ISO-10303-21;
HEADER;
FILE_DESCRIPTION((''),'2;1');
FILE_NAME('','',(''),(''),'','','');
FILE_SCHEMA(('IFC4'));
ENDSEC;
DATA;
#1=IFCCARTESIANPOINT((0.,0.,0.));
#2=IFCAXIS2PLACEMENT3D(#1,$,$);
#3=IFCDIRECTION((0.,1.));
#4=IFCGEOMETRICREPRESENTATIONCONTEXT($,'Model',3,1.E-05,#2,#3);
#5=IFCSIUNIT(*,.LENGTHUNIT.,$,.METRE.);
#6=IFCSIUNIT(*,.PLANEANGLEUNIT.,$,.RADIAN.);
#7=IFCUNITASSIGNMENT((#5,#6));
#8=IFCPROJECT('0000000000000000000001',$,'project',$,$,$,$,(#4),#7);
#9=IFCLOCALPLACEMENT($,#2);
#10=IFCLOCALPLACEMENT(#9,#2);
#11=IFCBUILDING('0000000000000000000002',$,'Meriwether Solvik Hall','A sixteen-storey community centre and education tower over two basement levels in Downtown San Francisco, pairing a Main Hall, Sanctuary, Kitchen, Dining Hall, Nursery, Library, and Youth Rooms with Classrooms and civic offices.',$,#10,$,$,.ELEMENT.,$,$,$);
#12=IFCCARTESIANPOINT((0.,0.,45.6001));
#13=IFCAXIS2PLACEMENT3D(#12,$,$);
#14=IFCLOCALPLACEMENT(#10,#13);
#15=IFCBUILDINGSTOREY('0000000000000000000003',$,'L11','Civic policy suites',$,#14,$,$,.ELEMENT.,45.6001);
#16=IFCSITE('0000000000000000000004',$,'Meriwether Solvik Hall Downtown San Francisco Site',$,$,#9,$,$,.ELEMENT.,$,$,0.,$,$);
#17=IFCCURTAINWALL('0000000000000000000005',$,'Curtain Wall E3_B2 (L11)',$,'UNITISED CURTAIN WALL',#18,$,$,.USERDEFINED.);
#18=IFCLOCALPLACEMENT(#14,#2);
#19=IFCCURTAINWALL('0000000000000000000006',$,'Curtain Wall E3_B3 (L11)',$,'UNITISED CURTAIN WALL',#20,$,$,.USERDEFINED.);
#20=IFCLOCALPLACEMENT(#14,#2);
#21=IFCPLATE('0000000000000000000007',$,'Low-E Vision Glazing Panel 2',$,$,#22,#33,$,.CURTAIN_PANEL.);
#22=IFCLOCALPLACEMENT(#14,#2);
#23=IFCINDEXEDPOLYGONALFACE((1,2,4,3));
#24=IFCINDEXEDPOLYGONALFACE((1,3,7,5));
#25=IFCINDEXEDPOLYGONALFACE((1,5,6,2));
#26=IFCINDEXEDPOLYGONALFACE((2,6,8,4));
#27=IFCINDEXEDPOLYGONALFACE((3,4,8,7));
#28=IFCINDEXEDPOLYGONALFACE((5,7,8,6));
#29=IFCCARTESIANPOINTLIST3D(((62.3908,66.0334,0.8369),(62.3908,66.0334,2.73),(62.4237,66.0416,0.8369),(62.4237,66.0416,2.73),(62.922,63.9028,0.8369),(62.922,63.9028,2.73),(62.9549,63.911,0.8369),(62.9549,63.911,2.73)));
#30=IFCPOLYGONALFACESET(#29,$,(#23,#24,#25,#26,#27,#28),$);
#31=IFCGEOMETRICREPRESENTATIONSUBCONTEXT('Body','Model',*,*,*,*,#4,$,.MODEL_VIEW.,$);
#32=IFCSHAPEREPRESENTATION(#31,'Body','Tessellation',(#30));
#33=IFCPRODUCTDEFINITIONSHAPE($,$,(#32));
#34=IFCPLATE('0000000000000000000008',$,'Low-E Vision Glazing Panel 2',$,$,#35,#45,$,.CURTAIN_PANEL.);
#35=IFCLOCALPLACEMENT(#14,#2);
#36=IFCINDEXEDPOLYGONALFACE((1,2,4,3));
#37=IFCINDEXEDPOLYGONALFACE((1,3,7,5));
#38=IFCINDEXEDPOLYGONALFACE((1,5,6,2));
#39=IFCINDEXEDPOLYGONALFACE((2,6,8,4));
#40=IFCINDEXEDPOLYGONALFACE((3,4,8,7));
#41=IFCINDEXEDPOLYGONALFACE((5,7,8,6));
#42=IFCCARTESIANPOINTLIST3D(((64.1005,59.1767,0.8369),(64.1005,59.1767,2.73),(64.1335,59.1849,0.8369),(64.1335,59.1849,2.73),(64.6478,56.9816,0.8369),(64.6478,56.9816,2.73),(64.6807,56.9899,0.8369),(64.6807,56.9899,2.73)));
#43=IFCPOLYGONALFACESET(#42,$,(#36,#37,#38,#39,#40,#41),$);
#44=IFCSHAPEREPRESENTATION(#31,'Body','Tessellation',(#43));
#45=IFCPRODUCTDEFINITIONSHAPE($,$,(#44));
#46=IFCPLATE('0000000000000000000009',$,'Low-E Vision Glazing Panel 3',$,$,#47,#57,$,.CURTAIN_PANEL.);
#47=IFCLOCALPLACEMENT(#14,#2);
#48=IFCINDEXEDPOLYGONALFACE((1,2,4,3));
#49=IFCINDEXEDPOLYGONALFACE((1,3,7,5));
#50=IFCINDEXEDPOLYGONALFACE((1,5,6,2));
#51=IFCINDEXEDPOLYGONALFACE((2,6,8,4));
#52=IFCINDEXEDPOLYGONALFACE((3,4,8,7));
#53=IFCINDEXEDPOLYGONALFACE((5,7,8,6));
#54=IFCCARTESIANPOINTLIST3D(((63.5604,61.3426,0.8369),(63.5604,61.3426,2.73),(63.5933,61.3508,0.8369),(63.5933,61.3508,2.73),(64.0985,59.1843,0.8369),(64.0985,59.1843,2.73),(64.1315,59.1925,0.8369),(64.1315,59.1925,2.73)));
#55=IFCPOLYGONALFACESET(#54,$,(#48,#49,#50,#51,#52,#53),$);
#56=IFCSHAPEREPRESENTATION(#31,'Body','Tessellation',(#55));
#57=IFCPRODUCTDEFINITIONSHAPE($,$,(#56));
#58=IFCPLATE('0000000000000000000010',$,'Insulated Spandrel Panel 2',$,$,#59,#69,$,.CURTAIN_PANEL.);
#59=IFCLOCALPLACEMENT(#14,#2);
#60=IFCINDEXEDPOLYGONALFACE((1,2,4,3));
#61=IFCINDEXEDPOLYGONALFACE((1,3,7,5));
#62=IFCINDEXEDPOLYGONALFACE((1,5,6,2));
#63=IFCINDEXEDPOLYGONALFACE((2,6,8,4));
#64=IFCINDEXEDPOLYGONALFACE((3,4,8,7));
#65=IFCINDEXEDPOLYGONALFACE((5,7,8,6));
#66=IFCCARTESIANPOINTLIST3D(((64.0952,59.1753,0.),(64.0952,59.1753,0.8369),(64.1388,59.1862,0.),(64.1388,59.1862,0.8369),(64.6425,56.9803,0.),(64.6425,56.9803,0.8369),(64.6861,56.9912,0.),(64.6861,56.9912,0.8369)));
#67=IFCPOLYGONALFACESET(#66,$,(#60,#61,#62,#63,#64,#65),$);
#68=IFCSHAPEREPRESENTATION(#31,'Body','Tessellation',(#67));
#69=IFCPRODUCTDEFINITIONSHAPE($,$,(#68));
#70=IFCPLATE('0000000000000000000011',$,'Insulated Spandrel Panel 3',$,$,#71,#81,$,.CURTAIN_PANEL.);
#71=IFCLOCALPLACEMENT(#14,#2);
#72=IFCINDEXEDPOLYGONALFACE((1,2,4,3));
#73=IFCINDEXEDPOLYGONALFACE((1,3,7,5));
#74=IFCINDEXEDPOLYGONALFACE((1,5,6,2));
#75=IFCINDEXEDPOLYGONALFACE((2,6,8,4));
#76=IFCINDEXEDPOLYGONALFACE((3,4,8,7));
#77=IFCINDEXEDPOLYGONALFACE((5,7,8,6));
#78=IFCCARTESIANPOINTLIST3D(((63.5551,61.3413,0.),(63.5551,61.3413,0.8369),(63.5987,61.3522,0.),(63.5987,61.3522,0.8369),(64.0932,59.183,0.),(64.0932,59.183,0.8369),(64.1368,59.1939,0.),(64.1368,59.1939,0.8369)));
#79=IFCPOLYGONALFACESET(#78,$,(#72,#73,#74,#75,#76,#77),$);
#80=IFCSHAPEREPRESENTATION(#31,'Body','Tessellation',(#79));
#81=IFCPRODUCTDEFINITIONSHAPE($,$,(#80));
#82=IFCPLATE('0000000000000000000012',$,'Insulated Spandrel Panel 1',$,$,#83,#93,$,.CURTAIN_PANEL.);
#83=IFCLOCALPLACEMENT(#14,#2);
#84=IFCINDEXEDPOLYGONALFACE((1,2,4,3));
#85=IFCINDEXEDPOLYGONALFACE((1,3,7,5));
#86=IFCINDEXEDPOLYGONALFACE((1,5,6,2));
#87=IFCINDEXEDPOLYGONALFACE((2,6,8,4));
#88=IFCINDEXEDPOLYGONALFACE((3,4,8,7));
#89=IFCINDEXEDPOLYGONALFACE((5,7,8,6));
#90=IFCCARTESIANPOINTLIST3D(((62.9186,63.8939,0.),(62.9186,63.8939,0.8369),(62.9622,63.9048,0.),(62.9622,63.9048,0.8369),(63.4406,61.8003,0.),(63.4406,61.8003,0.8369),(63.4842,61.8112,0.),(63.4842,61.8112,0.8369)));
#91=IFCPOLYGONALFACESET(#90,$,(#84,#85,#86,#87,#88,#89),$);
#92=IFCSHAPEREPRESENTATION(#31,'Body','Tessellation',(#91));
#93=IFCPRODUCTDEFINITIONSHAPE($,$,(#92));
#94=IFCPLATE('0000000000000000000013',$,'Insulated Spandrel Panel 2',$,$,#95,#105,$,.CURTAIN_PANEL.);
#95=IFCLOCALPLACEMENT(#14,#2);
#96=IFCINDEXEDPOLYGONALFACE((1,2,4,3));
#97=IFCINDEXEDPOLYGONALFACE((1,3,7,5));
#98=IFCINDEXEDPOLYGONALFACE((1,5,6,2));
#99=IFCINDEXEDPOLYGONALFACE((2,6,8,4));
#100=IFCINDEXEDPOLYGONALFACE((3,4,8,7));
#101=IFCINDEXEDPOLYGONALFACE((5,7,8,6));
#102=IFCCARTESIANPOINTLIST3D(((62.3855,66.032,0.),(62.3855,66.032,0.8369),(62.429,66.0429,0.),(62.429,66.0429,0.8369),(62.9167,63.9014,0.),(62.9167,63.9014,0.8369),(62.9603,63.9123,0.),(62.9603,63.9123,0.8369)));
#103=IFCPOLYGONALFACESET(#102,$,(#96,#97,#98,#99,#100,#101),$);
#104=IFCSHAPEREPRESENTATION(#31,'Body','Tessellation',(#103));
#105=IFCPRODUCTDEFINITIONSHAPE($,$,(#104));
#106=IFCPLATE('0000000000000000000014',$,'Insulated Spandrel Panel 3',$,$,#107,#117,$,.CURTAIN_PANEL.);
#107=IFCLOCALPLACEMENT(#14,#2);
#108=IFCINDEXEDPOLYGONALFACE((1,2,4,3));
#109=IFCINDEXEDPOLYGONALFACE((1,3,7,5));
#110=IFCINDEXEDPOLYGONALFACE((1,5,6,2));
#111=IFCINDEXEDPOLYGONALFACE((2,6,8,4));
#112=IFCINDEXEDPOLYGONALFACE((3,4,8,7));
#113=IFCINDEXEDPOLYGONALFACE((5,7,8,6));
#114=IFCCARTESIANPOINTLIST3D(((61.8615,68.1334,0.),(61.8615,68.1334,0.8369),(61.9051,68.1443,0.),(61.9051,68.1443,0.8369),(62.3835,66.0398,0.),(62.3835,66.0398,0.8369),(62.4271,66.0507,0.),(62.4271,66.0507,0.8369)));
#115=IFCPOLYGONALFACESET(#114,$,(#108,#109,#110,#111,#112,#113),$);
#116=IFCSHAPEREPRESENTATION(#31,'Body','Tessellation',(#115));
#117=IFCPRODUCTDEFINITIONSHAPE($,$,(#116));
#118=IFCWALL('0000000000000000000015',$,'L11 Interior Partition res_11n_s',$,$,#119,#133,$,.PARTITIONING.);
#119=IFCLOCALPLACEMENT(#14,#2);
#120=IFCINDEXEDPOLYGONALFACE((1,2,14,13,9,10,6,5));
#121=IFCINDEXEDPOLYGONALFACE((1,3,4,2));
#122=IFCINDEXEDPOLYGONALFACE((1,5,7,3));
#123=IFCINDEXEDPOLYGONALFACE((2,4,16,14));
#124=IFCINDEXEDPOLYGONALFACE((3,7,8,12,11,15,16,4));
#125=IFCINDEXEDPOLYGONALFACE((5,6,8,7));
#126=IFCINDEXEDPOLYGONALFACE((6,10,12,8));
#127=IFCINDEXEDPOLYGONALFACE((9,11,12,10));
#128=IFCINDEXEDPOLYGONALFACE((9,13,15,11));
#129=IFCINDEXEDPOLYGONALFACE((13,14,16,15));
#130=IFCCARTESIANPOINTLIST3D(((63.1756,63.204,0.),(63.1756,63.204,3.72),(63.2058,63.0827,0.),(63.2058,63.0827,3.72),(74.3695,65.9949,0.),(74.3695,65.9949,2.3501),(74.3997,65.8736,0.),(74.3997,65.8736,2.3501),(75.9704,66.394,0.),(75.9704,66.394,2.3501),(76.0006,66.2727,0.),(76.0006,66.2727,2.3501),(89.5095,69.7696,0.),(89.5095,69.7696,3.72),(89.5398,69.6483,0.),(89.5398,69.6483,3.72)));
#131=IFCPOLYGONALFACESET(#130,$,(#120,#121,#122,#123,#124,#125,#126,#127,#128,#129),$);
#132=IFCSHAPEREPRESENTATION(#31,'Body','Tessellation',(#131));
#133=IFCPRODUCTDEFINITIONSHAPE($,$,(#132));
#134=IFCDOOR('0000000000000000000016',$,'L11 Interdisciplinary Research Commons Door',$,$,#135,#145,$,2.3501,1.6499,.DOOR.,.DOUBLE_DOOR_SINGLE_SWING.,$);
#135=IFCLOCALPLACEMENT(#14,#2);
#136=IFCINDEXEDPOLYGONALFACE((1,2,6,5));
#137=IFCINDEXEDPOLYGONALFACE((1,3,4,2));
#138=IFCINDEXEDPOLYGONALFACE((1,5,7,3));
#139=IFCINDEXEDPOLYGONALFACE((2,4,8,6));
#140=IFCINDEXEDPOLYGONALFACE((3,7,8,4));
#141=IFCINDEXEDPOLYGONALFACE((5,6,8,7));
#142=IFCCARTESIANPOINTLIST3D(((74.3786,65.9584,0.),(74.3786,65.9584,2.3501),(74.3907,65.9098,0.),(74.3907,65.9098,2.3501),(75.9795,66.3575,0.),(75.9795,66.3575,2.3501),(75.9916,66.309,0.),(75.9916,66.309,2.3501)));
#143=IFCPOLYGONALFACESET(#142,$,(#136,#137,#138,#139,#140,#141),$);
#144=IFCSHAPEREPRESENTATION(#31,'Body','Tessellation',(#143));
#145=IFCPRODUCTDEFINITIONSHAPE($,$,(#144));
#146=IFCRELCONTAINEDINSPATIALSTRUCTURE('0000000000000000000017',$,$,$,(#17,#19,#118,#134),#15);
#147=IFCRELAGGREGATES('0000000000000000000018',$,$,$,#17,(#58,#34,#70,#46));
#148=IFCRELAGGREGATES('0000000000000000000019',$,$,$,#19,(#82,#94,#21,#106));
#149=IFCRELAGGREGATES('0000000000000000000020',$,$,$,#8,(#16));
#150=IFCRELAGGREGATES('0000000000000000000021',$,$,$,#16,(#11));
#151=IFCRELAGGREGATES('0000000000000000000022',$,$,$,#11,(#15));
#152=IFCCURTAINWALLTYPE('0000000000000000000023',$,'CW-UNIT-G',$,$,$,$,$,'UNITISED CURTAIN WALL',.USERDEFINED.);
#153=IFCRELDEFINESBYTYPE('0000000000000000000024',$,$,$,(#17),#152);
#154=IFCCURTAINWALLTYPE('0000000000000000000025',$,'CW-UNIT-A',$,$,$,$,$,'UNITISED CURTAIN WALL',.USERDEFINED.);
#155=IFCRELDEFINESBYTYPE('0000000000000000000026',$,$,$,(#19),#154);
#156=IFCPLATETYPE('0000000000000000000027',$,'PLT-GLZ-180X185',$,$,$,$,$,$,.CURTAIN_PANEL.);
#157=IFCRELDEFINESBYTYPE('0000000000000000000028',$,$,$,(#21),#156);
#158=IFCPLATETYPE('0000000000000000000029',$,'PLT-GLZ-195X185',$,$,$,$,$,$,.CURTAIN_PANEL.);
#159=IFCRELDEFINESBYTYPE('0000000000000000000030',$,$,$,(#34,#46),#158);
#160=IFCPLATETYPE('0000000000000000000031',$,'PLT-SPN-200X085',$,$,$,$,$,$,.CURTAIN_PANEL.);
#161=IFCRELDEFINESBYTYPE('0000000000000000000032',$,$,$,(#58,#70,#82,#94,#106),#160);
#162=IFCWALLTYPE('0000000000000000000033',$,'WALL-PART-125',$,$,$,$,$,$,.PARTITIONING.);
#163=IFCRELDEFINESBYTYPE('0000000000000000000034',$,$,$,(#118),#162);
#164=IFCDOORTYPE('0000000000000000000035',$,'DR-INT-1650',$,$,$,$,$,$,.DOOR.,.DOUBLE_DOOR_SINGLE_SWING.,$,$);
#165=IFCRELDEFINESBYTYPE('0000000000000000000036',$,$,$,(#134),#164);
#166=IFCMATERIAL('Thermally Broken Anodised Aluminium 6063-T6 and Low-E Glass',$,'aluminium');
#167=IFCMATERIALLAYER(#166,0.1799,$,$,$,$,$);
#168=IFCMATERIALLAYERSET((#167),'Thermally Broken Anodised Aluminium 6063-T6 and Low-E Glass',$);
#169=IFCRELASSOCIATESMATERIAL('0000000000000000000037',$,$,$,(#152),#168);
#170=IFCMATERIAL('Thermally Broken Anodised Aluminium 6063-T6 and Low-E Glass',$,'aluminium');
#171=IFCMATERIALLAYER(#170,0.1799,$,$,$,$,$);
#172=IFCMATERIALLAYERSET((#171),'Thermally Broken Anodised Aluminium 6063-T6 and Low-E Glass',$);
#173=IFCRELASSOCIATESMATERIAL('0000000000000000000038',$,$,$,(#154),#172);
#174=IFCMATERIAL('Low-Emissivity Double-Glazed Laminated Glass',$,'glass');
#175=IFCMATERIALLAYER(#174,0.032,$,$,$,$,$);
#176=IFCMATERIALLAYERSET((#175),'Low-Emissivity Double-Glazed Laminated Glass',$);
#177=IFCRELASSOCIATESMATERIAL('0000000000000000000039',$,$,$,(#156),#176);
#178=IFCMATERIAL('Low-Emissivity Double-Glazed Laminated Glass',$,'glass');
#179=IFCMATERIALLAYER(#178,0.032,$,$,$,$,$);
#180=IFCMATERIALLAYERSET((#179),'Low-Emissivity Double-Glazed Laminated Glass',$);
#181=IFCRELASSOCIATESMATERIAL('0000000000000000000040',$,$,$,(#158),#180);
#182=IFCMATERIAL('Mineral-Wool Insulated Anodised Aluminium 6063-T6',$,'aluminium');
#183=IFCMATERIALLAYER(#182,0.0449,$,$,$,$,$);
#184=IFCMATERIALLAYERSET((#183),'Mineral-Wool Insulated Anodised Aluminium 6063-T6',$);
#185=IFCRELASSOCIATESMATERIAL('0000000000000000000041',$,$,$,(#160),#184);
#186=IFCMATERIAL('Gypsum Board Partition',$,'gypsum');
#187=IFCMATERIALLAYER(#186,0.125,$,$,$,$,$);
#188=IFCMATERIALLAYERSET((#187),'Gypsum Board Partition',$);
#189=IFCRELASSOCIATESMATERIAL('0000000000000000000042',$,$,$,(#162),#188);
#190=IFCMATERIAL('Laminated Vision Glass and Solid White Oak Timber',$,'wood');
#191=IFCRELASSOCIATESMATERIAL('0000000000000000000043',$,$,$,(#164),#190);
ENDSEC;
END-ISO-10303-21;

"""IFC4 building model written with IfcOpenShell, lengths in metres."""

from ifc_helpers import new_model, si_unit, direction, frame, frame_2d, origin, origin_2d, place, context, subcontext, project, spatial, rectangle, extrude, material, layer, layer_set, type_object, element, fill, aggregate, save


model = new_model("IFC4")

# Units and contexts
model_context = context("Model", 3, precision=1e-05, world=origin(), true_north=direction((0.0, 1.0)))
body_context = subcontext(model_context, "Body", "Model", "MODEL_VIEW")
ifc_project = project(units=[si_unit("LENGTHUNIT", "METRE"), si_unit("PLANEANGLEUNIT", "RADIAN")], contexts=[model_context])

# Site, building, storey
site_placement = place(None, origin())
site = spatial("IfcSite", under=ifc_project, at=site_placement, Name="Meriwether Solvik Hall Downtown San Francisco Site", CompositionType="ELEMENT", RefElevation=0.0)
building_placement = place(site_placement, origin())
building = spatial("IfcBuilding", under=site, at=building_placement, Name="Meriwether Solvik Hall", Description="A sixteen-storey community centre and education tower over two basement levels in Downtown San Francisco, pairing a Main Hall, Sanctuary, Kitchen, Dining Hall, Nursery, Library, and Youth Rooms with Classrooms and civic offices.", CompositionType="ELEMENT")
storey_placement = place(building_placement, frame((0.0, 0.0, 45.6001)))
storey = spatial("IfcBuildingStorey", under=building, at=storey_placement, Name="L11", Description="Civic policy suites", CompositionType="ELEMENT", Elevation=45.6001)

# Curtain walls
ifc_material_1 = material(Name="Thermally Broken Anodised Aluminium 6063-T6 and Low-E Glass", Category="aluminium")
ifc_layer_1 = layer(ifc_material_1, 0.1799)
ifc_layer_set_1 = layer_set([ifc_layer_1], Name="Thermally Broken Anodised Aluminium 6063-T6 and Low-E Glass")
curtain_wall_type_1 = type_object("IfcCurtainWallType", Name="CW-UNIT-G", ElementType="UNITISED CURTAIN WALL", PredefinedType="USERDEFINED", material=ifc_layer_set_1)
curtain_wall_1_placement = place(storey_placement, origin())
curtain_wall_1 = element("IfcCurtainWall", 1, at=curtain_wall_1_placement, inside=storey, type_object=curtain_wall_type_1, Name="Curtain Wall E3_B2 (L11)", ObjectType="UNITISED CURTAIN WALL", PredefinedType="USERDEFINED")
ifc_material_2 = material(Name="Thermally Broken Anodised Aluminium 6063-T6 and Low-E Glass", Category="aluminium")
ifc_layer_2 = layer(ifc_material_2, 0.1799)
ifc_layer_set_2 = layer_set([ifc_layer_2], Name="Thermally Broken Anodised Aluminium 6063-T6 and Low-E Glass")
curtain_wall_type_2 = type_object("IfcCurtainWallType", Name="CW-UNIT-A", ElementType="UNITISED CURTAIN WALL", PredefinedType="USERDEFINED", material=ifc_layer_set_2)
curtain_wall_2_placement = place(storey_placement, origin())
curtain_wall_2 = element("IfcCurtainWall", 2, at=curtain_wall_2_placement, inside=storey, type_object=curtain_wall_type_2, Name="Curtain Wall E3_B3 (L11)", ObjectType="UNITISED CURTAIN WALL", PredefinedType="USERDEFINED")

# Plates
ifc_material_3 = material(Name="Low-Emissivity Double-Glazed Laminated Glass", Category="glass")
ifc_layer_3 = layer(ifc_material_3, 0.032)
ifc_layer_set_3 = layer_set([ifc_layer_3], Name="Low-Emissivity Double-Glazed Laminated Glass")
plate_type_1 = type_object("IfcPlateType", Name="PLT-GLZ-180X185", PredefinedType="CURTAIN_PANEL", material=ifc_layer_set_3)
plate_1_placement = place(storey_placement, frame((62.6729, 64.9722, 0.8369), z_axis=(0.0, 0.0, 1.0), x_axis=(-0.241922, 0.970296, 0.0)))
plate_1 = element("IfcPlate", 3, at=plate_1_placement, type_object=plate_type_1, Name="Low-E Vision Glazing Panel 2", PredefinedType="CURTAIN_PANEL", context=body_context, shape_type="SweptSolid", body=[
    extrude(rectangle(XDim=2.1958, YDim=0.0339, at=origin_2d()), origin(), (0.0, 0.0, 1.0), 1.8931),
])
ifc_material_4 = material(Name="Low-Emissivity Double-Glazed Laminated Glass", Category="glass")
ifc_layer_4 = layer(ifc_material_4, 0.032)
ifc_layer_set_4 = layer_set([ifc_layer_4], Name="Low-Emissivity Double-Glazed Laminated Glass")
plate_type_2 = type_object("IfcPlateType", Name="PLT-GLZ-195X185", PredefinedType="CURTAIN_PANEL", material=ifc_layer_set_4)
plate_2_placement = place(storey_placement, frame((64.3906, 58.0833, 0.8369), z_axis=(0.0, 0.0, 1.0), x_axis=(-0.241922, 0.970296, 0.0)))
plate_2 = element("IfcPlate", 4, at=plate_2_placement, type_object=plate_type_2, Name="Low-E Vision Glazing Panel 2", PredefinedType="CURTAIN_PANEL", context=body_context, shape_type="SweptSolid", body=[
    extrude(rectangle(XDim=2.2622, YDim=0.0339, at=origin_2d()), origin(), (0.0, 0.0, 1.0), 1.8931),
])
plate_3_placement = place(storey_placement, frame((63.8459, 60.2676, 0.8369), z_axis=(0.0, 0.0, 1.0), x_axis=(-0.241922, 0.970296, 0.0)))
plate_3 = element("IfcPlate", 5, at=plate_3_placement, type_object=plate_type_2, Name="Low-E Vision Glazing Panel 3", PredefinedType="CURTAIN_PANEL", context=body_context, shape_type="SweptSolid", body=[
    extrude(rectangle(XDim=2.2244, YDim=0.0339, at=origin_2d()), origin(), (0.0, 0.0, 1.0), 1.8931),
])
ifc_material_5 = material(Name="Mineral-Wool Insulated Anodised Aluminium 6063-T6", Category="aluminium")
ifc_layer_5 = layer(ifc_material_5, 0.0449)
ifc_layer_set_5 = layer_set([ifc_layer_5], Name="Mineral-Wool Insulated Anodised Aluminium 6063-T6")
plate_type_3 = type_object("IfcPlateType", Name="PLT-SPN-200X085", PredefinedType="CURTAIN_PANEL", material=ifc_layer_set_5)
plate_4_placement = place(storey_placement, frame((64.3906, 58.0833, 0.0), z_axis=(0.0, 0.0, 1.0), x_axis=(-0.241922, 0.970296, 0.0)))
plate_4 = element("IfcPlate", 6, at=plate_4_placement, type_object=plate_type_3, Name="Insulated Spandrel Panel 2", PredefinedType="CURTAIN_PANEL", context=body_context, shape_type="SweptSolid", body=[
    extrude(rectangle(XDim=2.2622, YDim=0.0449, at=origin_2d()), origin(), (0.0, 0.0, 1.0), 0.8369),
])
plate_5_placement = place(storey_placement, frame((63.8459, 60.2676, 0.0), z_axis=(0.0, 0.0, 1.0), x_axis=(-0.241922, 0.970296, 0.0)))
plate_5 = element("IfcPlate", 7, at=plate_5_placement, type_object=plate_type_3, Name="Insulated Spandrel Panel 3", PredefinedType="CURTAIN_PANEL", context=body_context, shape_type="SweptSolid", body=[
    extrude(rectangle(XDim=2.2244, YDim=0.0449, at=origin_2d()), origin(), (0.0, 0.0, 1.0), 0.8369),
])
aggregate(curtain_wall_1, [plate_4, plate_2, plate_5, plate_3])
plate_6_placement = place(storey_placement, frame((63.2014, 62.8525, 0.0), z_axis=(0.0, 0.0, 1.0), x_axis=(-0.241922, 0.970296, 0.0)))
plate_6 = element("IfcPlate", 8, at=plate_6_placement, type_object=plate_type_3, Name="Insulated Spandrel Panel 1", PredefinedType="CURTAIN_PANEL", context=body_context, shape_type="SweptSolid", body=[
    extrude(rectangle(XDim=2.1577, YDim=0.0449, at=origin_2d()), origin(), (0.0, 0.0, 1.0), 0.8369),
])
plate_7_placement = place(storey_placement, frame((62.6729, 64.9722, 0.0), z_axis=(0.0, 0.0, 1.0), x_axis=(-0.241922, 0.970296, 0.0)))
plate_7 = element("IfcPlate", 9, at=plate_7_placement, type_object=plate_type_3, Name="Insulated Spandrel Panel 2", PredefinedType="CURTAIN_PANEL", context=body_context, shape_type="SweptSolid", body=[
    extrude(rectangle(XDim=2.1958, YDim=0.0449, at=origin_2d()), origin(), (0.0, 0.0, 1.0), 0.8369),
])
plate_8_placement = place(storey_placement, frame((62.1443, 67.092, 0.0), z_axis=(0.0, 0.0, 1.0), x_axis=(-0.241922, 0.970296, 0.0)))
plate_8 = element("IfcPlate", 10, at=plate_8_placement, type_object=plate_type_3, Name="Insulated Spandrel Panel 3", PredefinedType="CURTAIN_PANEL", context=body_context, shape_type="SweptSolid", body=[
    extrude(rectangle(XDim=2.1577, YDim=0.0449, at=origin_2d()), origin(), (0.0, 0.0, 1.0), 0.8369),
])
aggregate(curtain_wall_2, [plate_6, plate_7, plate_1, plate_8])

# Wall, opening, door
ifc_material_6 = material(Name="Gypsum Board Partition", Category="gypsum")
ifc_layer_6 = layer(ifc_material_6, 0.125)
ifc_layer_set_6 = layer_set([ifc_layer_6], Name="Gypsum Board Partition")
wall_type = type_object("IfcWallType", Name="WALL-PART-125", PredefinedType="PARTITIONING", material=ifc_layer_set_6)
wall_placement = place(storey_placement, frame((63.1907, 63.1433, 0.0), z_axis=(0.0, 0.0, 1.0), x_axis=(0.970297, 0.241918, 0.0)))
wall = element("IfcWall", 11, at=wall_placement, inside=storey, type_object=wall_type, Name="L11 Interior Partition res_11n_s", PredefinedType="PARTITIONING", context=body_context, shape_type="SweptSolid", body=[
    extrude(rectangle(XDim=27.1401, YDim=0.125, at=frame_2d((13.5701, 0.0))), origin(), (0.0, 0.0, 1.0), 3.72),
])
opening_placement = place(wall_placement, frame((11.5366, 0.0, 0.0)))
opening = element("IfcOpeningElement", 12, at=opening_placement, cuts=wall, PredefinedType="OPENING", context=body_context, shape_type="SweptSolid", body=[
    extrude(rectangle(XDim=1.6499, YDim=2.3501, at=frame_2d((0.825, 1.175))), frame((0.0, 0.0745, 0.0), z_axis=(0.0, -1.0, 0.0), x_axis=(1.0, 0.0, 0.0)), (0.0, 0.0, 1.0), 0.1489),
])
ifc_material_7 = material(Name="Laminated Vision Glass and Solid White Oak Timber", Category="wood")
door_type = type_object("IfcDoorType", Name="DR-INT-1650", OperationType="DOUBLE_DOOR_SINGLE_SWING", PredefinedType="DOOR", material=ifc_material_7)
door_placement = place(opening_placement, origin())
door = element("IfcDoor", 13, at=door_placement, inside=storey, type_object=door_type, Name="L11 Interdisciplinary Research Commons Door", OperationType="DOUBLE_DOOR_SINGLE_SWING", OverallHeight=2.3501, OverallWidth=1.6499, PredefinedType="DOOR", context=body_context, shape_type="SweptSolid", body=[
    extrude(rectangle(XDim=1.6499, YDim=2.3501, at=frame_2d((0.825, 1.175))), frame((0.0, 0.0249, 0.0), z_axis=(0.0, -1.0, 0.0), x_axis=(1.0, 0.0, 0.0)), (0.0, 0.0, 1.0), 0.05),
])
fill(opening, door)

save(model, "model.ifc")
